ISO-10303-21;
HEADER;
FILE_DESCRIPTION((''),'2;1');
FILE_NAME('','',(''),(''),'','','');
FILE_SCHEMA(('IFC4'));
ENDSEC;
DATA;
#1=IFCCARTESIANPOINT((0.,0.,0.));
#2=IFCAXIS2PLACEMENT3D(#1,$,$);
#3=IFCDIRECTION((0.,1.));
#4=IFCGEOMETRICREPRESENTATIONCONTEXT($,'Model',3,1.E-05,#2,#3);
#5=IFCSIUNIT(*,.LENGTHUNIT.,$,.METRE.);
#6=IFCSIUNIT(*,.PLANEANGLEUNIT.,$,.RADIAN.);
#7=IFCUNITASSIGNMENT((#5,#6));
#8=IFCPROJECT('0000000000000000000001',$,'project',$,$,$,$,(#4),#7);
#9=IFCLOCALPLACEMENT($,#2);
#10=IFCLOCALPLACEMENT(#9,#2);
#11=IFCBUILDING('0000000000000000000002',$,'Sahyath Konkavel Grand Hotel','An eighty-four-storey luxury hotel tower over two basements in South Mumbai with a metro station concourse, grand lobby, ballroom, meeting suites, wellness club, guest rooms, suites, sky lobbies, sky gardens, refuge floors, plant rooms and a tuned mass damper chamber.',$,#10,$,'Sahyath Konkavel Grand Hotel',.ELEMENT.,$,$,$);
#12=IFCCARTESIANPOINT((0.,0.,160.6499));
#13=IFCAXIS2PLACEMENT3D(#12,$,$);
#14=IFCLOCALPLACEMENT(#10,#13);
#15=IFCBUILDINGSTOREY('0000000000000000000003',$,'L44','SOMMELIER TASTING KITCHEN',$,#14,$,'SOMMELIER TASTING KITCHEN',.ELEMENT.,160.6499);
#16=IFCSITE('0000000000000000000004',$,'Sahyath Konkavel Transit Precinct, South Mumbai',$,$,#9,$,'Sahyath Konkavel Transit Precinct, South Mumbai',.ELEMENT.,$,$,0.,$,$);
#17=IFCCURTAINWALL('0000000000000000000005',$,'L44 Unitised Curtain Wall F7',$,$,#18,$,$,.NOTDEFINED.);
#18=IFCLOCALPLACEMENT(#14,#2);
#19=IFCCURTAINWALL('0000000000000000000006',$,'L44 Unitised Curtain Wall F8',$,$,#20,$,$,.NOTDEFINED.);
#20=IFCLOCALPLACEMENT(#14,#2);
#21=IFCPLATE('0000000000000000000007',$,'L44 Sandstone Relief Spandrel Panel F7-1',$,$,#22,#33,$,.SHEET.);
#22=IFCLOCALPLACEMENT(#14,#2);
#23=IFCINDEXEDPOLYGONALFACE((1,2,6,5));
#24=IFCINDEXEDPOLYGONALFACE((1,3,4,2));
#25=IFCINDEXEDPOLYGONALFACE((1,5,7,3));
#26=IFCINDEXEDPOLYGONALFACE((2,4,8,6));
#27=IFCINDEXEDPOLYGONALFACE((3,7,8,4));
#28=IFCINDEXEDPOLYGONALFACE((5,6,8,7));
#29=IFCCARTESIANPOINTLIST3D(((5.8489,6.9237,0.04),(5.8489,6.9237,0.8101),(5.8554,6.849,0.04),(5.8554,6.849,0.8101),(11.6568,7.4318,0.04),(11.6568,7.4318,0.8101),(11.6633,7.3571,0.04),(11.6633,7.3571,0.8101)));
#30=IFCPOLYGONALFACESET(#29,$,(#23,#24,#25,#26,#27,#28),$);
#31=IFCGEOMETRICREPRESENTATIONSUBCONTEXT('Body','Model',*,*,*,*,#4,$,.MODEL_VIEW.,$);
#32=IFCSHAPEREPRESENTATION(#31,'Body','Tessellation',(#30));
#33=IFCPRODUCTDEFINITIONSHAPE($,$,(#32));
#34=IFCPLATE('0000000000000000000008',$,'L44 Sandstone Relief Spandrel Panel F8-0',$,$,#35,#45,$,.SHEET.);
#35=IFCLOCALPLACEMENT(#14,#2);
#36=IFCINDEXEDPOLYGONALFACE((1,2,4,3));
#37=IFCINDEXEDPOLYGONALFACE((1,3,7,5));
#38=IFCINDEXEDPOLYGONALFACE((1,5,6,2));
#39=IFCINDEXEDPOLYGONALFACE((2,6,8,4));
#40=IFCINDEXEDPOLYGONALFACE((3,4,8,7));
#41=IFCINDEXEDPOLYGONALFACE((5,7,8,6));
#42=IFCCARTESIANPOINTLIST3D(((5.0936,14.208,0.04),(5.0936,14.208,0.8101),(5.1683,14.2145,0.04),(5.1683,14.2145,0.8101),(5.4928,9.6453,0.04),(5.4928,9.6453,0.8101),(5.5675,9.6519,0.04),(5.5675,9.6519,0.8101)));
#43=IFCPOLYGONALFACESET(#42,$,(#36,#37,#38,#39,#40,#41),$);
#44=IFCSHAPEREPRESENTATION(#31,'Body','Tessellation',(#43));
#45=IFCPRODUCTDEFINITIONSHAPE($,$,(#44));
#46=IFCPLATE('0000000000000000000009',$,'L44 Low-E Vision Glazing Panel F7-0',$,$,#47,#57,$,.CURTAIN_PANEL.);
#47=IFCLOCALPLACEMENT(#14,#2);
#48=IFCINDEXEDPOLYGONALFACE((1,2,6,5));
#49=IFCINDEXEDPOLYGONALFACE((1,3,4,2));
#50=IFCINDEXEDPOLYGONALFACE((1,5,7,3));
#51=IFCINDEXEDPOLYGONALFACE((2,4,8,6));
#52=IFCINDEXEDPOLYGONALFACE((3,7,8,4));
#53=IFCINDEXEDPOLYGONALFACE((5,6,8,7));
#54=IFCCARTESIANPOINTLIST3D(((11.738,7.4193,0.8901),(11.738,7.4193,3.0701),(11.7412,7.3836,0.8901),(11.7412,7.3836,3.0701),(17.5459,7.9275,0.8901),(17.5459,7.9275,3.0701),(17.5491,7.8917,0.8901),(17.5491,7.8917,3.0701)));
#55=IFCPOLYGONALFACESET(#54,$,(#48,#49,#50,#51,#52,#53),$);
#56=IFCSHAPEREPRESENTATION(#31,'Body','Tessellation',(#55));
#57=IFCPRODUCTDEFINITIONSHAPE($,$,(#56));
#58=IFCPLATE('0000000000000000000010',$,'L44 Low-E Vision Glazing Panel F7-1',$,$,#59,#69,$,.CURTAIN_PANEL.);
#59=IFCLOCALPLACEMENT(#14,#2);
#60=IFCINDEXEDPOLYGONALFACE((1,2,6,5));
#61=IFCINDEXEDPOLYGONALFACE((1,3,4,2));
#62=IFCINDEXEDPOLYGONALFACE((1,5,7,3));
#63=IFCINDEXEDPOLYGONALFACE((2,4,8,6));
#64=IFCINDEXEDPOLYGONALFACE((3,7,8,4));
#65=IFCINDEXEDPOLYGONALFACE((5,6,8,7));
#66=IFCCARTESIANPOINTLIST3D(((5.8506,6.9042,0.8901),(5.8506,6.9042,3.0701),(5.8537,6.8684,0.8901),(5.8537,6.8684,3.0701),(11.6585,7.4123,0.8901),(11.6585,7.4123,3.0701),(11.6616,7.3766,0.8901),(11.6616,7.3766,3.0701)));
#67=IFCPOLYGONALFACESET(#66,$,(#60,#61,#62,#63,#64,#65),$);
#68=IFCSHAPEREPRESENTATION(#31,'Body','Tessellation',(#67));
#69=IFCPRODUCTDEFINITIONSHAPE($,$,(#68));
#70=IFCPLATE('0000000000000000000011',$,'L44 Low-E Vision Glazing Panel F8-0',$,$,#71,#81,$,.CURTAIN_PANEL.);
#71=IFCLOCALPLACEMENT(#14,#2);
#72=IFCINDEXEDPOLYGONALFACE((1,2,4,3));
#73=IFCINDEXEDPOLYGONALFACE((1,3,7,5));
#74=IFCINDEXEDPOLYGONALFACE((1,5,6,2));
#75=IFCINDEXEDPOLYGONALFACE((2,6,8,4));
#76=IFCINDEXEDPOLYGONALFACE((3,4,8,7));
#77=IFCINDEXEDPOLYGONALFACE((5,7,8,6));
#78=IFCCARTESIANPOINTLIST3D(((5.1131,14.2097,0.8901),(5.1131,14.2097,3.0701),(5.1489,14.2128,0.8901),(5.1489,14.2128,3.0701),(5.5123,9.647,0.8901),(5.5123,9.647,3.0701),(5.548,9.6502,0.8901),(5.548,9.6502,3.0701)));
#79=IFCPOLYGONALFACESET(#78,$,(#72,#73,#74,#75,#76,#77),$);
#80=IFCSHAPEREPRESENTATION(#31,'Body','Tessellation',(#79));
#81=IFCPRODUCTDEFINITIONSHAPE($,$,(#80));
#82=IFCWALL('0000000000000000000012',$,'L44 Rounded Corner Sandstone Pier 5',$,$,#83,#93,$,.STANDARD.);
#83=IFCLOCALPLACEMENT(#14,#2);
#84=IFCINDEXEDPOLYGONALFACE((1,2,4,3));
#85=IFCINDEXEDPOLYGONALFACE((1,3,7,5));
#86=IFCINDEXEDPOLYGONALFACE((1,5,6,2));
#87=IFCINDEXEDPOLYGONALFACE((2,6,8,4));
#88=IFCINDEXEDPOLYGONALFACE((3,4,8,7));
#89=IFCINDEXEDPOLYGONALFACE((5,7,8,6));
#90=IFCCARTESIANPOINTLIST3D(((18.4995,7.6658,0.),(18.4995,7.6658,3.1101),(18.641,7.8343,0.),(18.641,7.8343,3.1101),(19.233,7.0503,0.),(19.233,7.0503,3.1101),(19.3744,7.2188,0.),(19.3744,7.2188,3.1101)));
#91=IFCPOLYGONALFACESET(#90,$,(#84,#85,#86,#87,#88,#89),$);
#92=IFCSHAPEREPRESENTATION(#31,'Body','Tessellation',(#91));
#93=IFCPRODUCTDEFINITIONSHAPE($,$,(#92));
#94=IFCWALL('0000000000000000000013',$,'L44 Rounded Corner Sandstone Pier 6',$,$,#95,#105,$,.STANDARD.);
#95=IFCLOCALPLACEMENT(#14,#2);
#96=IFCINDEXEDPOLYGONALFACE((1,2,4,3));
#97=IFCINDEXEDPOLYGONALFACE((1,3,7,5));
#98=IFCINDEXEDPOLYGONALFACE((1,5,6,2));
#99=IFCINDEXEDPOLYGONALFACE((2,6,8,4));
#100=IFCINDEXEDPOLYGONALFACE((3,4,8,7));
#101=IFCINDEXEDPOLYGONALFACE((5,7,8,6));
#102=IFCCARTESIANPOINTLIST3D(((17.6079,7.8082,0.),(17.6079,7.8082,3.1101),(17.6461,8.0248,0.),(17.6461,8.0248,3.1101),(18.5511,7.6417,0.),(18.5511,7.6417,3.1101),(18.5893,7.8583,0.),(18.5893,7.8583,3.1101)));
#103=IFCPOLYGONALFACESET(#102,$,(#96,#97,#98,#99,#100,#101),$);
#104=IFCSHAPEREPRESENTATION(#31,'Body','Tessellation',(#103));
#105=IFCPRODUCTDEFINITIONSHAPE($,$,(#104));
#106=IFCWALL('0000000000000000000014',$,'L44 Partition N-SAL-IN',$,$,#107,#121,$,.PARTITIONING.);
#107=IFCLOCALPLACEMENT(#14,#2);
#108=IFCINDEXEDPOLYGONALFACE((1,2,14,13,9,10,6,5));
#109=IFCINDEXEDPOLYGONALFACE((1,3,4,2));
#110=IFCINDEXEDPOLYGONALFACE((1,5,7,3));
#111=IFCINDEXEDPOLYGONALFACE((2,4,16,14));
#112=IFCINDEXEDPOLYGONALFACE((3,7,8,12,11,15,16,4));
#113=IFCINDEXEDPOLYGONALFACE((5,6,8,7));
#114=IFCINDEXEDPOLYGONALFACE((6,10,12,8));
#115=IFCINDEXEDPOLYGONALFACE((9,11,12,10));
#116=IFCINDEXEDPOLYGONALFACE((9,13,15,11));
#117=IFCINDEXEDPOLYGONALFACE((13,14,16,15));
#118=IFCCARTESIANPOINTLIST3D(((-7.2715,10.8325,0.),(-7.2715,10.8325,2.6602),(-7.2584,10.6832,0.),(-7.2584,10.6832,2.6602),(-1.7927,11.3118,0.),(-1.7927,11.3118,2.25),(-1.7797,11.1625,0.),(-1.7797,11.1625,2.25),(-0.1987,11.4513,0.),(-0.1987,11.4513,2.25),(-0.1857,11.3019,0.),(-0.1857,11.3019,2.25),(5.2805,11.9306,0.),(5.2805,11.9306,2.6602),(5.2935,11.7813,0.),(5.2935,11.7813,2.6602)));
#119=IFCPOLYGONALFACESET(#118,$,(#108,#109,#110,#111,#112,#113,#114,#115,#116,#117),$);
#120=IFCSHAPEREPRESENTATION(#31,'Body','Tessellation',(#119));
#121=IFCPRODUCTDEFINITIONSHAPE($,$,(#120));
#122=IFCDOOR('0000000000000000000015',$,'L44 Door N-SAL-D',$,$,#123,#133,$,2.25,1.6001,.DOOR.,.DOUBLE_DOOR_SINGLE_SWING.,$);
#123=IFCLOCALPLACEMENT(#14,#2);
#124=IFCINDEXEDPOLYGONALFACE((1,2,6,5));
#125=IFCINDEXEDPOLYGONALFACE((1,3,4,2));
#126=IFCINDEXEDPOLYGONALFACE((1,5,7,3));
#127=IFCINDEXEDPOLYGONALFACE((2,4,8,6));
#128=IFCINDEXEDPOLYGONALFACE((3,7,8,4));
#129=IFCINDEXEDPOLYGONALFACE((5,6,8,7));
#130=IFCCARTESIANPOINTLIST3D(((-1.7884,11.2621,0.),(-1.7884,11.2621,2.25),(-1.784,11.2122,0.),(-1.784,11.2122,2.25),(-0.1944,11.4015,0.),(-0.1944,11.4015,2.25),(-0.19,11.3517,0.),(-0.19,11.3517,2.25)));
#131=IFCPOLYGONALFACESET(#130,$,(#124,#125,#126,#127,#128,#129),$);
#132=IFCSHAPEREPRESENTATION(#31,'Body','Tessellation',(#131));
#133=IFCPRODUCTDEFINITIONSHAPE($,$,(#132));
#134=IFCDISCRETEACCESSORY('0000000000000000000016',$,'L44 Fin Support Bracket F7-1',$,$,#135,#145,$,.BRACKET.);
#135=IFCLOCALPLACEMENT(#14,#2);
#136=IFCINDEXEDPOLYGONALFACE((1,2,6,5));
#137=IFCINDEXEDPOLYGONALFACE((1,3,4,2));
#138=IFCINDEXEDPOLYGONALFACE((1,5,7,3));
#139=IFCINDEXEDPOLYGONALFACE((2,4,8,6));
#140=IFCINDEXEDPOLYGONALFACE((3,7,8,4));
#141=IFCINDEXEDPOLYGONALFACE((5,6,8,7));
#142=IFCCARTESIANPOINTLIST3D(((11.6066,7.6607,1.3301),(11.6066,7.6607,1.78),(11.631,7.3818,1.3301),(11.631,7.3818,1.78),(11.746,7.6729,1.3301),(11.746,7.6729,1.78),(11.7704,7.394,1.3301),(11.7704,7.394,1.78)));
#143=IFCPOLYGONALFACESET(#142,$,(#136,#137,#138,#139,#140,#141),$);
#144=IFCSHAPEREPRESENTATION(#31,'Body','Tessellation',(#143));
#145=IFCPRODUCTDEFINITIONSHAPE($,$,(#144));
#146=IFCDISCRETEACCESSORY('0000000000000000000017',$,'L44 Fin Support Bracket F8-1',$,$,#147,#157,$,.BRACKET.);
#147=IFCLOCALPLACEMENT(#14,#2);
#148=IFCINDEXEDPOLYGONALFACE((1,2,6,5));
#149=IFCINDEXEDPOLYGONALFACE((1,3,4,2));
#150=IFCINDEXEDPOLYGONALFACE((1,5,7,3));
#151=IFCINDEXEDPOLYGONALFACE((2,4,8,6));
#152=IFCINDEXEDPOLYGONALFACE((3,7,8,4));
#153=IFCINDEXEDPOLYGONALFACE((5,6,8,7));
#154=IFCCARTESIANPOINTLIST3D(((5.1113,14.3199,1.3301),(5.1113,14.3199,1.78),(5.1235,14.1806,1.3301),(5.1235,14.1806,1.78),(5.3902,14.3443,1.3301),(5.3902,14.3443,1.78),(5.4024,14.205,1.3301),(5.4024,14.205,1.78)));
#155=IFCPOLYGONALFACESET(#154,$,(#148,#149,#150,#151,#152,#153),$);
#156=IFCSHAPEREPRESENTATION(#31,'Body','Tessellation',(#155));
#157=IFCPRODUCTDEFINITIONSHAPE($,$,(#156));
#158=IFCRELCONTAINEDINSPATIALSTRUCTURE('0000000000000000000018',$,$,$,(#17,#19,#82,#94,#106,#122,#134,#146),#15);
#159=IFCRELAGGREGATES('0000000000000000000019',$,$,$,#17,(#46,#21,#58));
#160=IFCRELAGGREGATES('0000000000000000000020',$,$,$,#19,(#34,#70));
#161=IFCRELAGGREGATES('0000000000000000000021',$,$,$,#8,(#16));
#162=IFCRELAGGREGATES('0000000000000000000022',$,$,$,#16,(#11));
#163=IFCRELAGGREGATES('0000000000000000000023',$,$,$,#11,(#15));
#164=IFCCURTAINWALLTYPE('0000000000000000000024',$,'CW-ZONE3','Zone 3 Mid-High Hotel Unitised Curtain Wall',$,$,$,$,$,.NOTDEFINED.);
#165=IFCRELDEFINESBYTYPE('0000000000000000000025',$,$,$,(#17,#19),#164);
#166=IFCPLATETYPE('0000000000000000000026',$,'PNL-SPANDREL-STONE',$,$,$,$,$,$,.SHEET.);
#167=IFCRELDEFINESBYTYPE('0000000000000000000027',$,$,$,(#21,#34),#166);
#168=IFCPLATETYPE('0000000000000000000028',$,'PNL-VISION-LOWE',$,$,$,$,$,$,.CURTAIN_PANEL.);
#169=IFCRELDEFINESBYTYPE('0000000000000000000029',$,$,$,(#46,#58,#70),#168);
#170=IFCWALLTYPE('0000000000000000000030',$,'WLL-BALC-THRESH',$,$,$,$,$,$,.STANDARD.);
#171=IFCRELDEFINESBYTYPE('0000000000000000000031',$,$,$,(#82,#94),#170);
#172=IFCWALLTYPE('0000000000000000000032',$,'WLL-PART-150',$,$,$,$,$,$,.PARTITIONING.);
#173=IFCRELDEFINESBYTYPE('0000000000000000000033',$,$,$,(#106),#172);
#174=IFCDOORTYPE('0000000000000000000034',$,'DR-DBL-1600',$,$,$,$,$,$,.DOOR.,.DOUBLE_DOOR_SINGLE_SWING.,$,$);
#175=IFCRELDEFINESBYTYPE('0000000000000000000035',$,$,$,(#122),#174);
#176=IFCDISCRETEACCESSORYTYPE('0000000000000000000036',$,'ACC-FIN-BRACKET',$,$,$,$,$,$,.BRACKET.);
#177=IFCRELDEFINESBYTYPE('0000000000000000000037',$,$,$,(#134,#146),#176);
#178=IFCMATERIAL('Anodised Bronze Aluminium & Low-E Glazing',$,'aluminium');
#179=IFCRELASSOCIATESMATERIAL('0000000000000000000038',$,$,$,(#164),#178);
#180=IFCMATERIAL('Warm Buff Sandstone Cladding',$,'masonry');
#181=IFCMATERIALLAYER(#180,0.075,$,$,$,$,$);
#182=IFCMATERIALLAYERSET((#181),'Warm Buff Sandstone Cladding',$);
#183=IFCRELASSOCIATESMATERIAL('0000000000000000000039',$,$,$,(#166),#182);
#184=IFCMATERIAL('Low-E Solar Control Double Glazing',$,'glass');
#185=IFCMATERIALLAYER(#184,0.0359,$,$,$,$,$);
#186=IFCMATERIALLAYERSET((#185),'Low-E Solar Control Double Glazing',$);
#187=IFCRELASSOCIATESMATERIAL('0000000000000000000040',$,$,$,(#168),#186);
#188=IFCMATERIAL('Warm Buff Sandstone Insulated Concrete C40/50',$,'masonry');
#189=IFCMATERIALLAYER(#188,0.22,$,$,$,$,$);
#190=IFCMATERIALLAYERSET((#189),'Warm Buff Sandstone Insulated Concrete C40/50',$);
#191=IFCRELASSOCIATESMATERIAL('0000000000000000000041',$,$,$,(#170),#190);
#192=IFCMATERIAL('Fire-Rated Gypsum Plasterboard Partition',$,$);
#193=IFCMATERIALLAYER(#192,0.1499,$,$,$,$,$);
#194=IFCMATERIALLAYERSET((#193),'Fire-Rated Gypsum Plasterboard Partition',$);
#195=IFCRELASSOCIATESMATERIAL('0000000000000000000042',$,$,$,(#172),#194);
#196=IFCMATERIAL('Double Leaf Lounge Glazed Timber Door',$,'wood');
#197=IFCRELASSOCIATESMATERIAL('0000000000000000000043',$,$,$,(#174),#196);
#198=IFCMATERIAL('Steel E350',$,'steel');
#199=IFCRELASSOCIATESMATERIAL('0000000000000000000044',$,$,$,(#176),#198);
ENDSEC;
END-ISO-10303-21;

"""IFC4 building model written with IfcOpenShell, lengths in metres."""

from ifc_helpers import new_model, si_unit, direction, frame, frame_2d, origin, origin_2d, place, context, subcontext, project, spatial, rectangle, extrude, source, transform, mapped, material, layer, layer_set, type_object, element, fill, aggregate, save


model = new_model("IFC4")

# Units and contexts
model_context = context("Model", 3, precision=1e-05, world=origin(), true_north=direction((0.0, 1.0)))
body_context = subcontext(model_context, "Body", "Model", "MODEL_VIEW")
ifc_project = project(units=[si_unit("LENGTHUNIT", "METRE"), si_unit("PLANEANGLEUNIT", "RADIAN")], contexts=[model_context])

# Site, building, storey
site_placement = place(None, origin())
site = spatial("IfcSite", under=ifc_project, at=site_placement, Name="Sahyath Konkavel Transit Precinct, South Mumbai", LongName="Sahyath Konkavel Transit Precinct, South Mumbai", CompositionType="ELEMENT", RefElevation=0.0)
building_placement = place(site_placement, origin())
building = spatial("IfcBuilding", under=site, at=building_placement, Name="Sahyath Konkavel Grand Hotel", Description="An eighty-four-storey luxury hotel tower over two basements in South Mumbai with a metro station concourse, grand lobby, ballroom, meeting suites, wellness club, guest rooms, suites, sky lobbies, sky gardens, refuge floors, plant rooms and a tuned mass damper chamber.", LongName="Sahyath Konkavel Grand Hotel", CompositionType="ELEMENT")
storey_placement = place(building_placement, frame((0.0, 0.0, 160.6499)))
storey = spatial("IfcBuildingStorey", under=building, at=storey_placement, Name="L44", Description="SOMMELIER TASTING KITCHEN", LongName="SOMMELIER TASTING KITCHEN", CompositionType="ELEMENT", Elevation=160.6499)

# Curtain walls
ifc_material_1 = material(Name="Anodised Bronze Aluminium & Low-E Glazing", Category="aluminium")
curtain_wall_type = type_object("IfcCurtainWallType", Name="CW-ZONE3", Description="Zone 3 Mid-High Hotel Unitised Curtain Wall", PredefinedType="NOTDEFINED", material=ifc_material_1)
curtain_wall_1_placement = place(storey_placement, origin())
curtain_wall_1 = element("IfcCurtainWall", 1, at=curtain_wall_1_placement, inside=storey, type_object=curtain_wall_type, Name="L44 Unitised Curtain Wall F7", PredefinedType="NOTDEFINED")
curtain_wall_2_placement = place(storey_placement, origin())
curtain_wall_2 = element("IfcCurtainWall", 2, at=curtain_wall_2_placement, inside=storey, type_object=curtain_wall_type, Name="L44 Unitised Curtain Wall F8", PredefinedType="NOTDEFINED")

# Plates
ifc_material_2 = material(Name="Warm Buff Sandstone Cladding", Category="masonry")
ifc_layer_1 = layer(ifc_material_2, 0.075)
ifc_layer_set_1 = layer_set([ifc_layer_1], Name="Warm Buff Sandstone Cladding")
plate_type_1 = type_object("IfcPlateType", Name="PNL-SPANDREL-STONE", PredefinedType="SHEET", material=ifc_layer_set_1)
shared_shape_1 = source(origin(), body_context, "Body", "SweptSolid", [
    extrude(rectangle(XDim=5.8301, YDim=0.075, at=origin_2d()), origin(), (0.0, 0.0, 1.0), 0.77),
])
plate_1_placement = place(storey_placement, frame((8.7561, 7.1404, 0.04), z_axis=(0.0, 0.0, 1.0), x_axis=(-0.996195, -0.087156, 0.0)))
plate_1 = element("IfcPlate", 3, at=plate_1_placement, type_object=plate_type_1, Name="L44 Sandstone Relief Spandrel Panel F7-1", PredefinedType="SHEET", context=body_context, shape_type="MappedRepresentation", body=[
    mapped(shared_shape_1, transform((0.0, 0.0, 0.0), scale=1.0)),
])
shared_shape_2 = source(origin(), body_context, "Body", "SweptSolid", [
    extrude(rectangle(XDim=4.5801, YDim=0.075, at=origin_2d()), origin(), (0.0, 0.0, 1.0), 0.77),
])
plate_2_placement = place(storey_placement, frame((5.3306, 11.9299, 0.04), z_axis=(0.0, 0.0, 1.0), x_axis=(-0.087156, 0.996195, 0.0)))
plate_2 = element("IfcPlate", 4, at=plate_2_placement, type_object=plate_type_1, Name="L44 Sandstone Relief Spandrel Panel F8-0", PredefinedType="SHEET", context=body_context, shape_type="MappedRepresentation", body=[
    mapped(shared_shape_2, transform((0.0, 0.0, 0.0), scale=1.0)),
])
ifc_material_3 = material(Name="Low-E Solar Control Double Glazing", Category="glass")
ifc_layer_2 = layer(ifc_material_3, 0.0359)
ifc_layer_set_2 = layer_set([ifc_layer_2], Name="Low-E Solar Control Double Glazing")
plate_type_2 = type_object("IfcPlateType", Name="PNL-VISION-LOWE", PredefinedType="CURTAIN_PANEL", material=ifc_layer_set_2)
shared_shape_3 = source(origin(), body_context, "Body", "SweptSolid", [
    extrude(rectangle(XDim=5.8301, YDim=0.0359, at=origin_2d()), origin(), (0.0, 0.0, 1.0), 2.1799),
])
plate_3_placement = place(storey_placement, frame((14.6436, 7.6555, 0.8901), z_axis=(0.0, 0.0, 1.0), x_axis=(-0.996195, -0.087156, 0.0)))
plate_3 = element("IfcPlate", 5, at=plate_3_placement, type_object=plate_type_2, Name="L44 Low-E Vision Glazing Panel F7-0", PredefinedType="CURTAIN_PANEL", context=body_context, shape_type="MappedRepresentation", body=[
    mapped(shared_shape_3, transform((0.0, 0.0, 0.0), scale=1.0)),
])
plate_4_placement = place(storey_placement, frame((8.7561, 7.1404, 0.8901), z_axis=(0.0, 0.0, 1.0), x_axis=(-0.996195, -0.087156, 0.0)))
plate_4 = element("IfcPlate", 6, at=plate_4_placement, type_object=plate_type_2, Name="L44 Low-E Vision Glazing Panel F7-1", PredefinedType="CURTAIN_PANEL", context=body_context, shape_type="MappedRepresentation", body=[
    mapped(shared_shape_3, transform((0.0, 0.0, 0.0), scale=1.0)),
])
aggregate(curtain_wall_1, [plate_3, plate_1, plate_4])
shared_shape_4 = source(origin(), body_context, "Body", "SweptSolid", [
    extrude(rectangle(XDim=4.5801, YDim=0.0359, at=origin_2d()), origin(), (0.0, 0.0, 1.0), 2.1799),
])
plate_5_placement = place(storey_placement, frame((5.3306, 11.9299, 0.8901), z_axis=(0.0, 0.0, 1.0), x_axis=(-0.087156, 0.996195, 0.0)))
plate_5 = element("IfcPlate", 7, at=plate_5_placement, type_object=plate_type_2, Name="L44 Low-E Vision Glazing Panel F8-0", PredefinedType="CURTAIN_PANEL", context=body_context, shape_type="MappedRepresentation", body=[
    mapped(shared_shape_4, transform((0.0, 0.0, 0.0), scale=1.0)),
])
aggregate(curtain_wall_2, [plate_2, plate_5])

# Walls
ifc_material_4 = material(Name="Warm Buff Sandstone Insulated Concrete C40/50", Category="masonry")
ifc_layer_3 = layer(ifc_material_4, 0.22)
ifc_layer_set_3 = layer_set([ifc_layer_3], Name="Warm Buff Sandstone Insulated Concrete C40/50")
wall_type_1 = type_object("IfcWallType", Name="WLL-BALC-THRESH", PredefinedType="STANDARD", material=ifc_layer_set_3)
wall_1_placement = place(storey_placement, frame((19.3037, 7.1345, 0.0), z_axis=(0.0, 0.0, 1.0), x_axis=(-0.766001, 0.642839, 0.0)))
element("IfcWall", 8, at=wall_1_placement, inside=storey, type_object=wall_type_1, Name="L44 Rounded Corner Sandstone Pier 5", PredefinedType="STANDARD", context=body_context, shape_type="SweptSolid", body=[
    extrude(rectangle(XDim=0.9575, YDim=0.22, at=frame_2d((0.4788, 0.0))), origin(), (0.0, 0.0, 1.0), 3.1101),
])
wall_2_placement = place(storey_placement, frame((18.5703, 7.75, 0.0), z_axis=(0.0, 0.0, 1.0), x_axis=(-0.984771, 0.173858, 0.0)))
element("IfcWall", 9, at=wall_2_placement, inside=storey, type_object=wall_type_1, Name="L44 Rounded Corner Sandstone Pier 6", PredefinedType="STANDARD", context=body_context, shape_type="SweptSolid", body=[
    extrude(rectangle(XDim=0.9578, YDim=0.22, at=frame_2d((0.479, 0.0))), origin(), (0.0, 0.0, 1.0), 3.1101),
])

# Wall, opening, door
ifc_material_5 = material(Name="Fire-Rated Gypsum Plasterboard Partition")
ifc_layer_4 = layer(ifc_material_5, 0.1499)
ifc_layer_set_4 = layer_set([ifc_layer_4], Name="Fire-Rated Gypsum Plasterboard Partition")
wall_type_2 = type_object("IfcWallType", Name="WLL-PART-150", PredefinedType="PARTITIONING", material=ifc_layer_set_4)
wall_3_placement = place(storey_placement, frame((5.2869, 11.856, 0.0), z_axis=(0.0, 0.0, 1.0), x_axis=(-0.996195, -0.087155, 0.0)))
wall_3 = element("IfcWall", 10, at=wall_3_placement, inside=storey, type_object=wall_type_2, Name="L44 Partition N-SAL-IN", PredefinedType="PARTITIONING", context=body_context, shape_type="SweptSolid", body=[
    extrude(rectangle(XDim=12.5999, YDim=0.1499, at=frame_2d((6.2998, 0.0))), origin(), (0.0, 0.0, 1.0), 2.6602),
])
opening_placement = place(wall_3_placement, frame((5.5, 0.0, 0.0)))
opening = element("IfcOpeningElement", 11, at=opening_placement, cuts=wall_3, PredefinedType="OPENING", context=body_context, shape_type="SweptSolid", body=[
    extrude(rectangle(XDim=1.6001, YDim=2.25, at=frame_2d((0.8, 1.125))), frame((0.0, 0.085, 0.0), z_axis=(0.0, -1.0, 0.0), x_axis=(1.0, 0.0, 0.0)), (0.0, 0.0, 1.0), 0.1699),
])
ifc_material_6 = material(Name="Double Leaf Lounge Glazed Timber Door", Category="wood")
door_type = type_object("IfcDoorType", Name="DR-DBL-1600", OperationType="DOUBLE_DOOR_SINGLE_SWING", PredefinedType="DOOR", material=ifc_material_6)
shared_shape_5 = source(origin(), body_context, "Body", "SweptSolid", [
    extrude(rectangle(XDim=1.6001, YDim=0.05, at=origin_2d()), origin(), (0.0, 0.0, 1.0), 2.25),
])
door_placement = place(opening_placement, frame((0.8, 0.0, 0.0)))
door = element("IfcDoor", 12, at=door_placement, inside=storey, type_object=door_type, Name="L44 Door N-SAL-D", OperationType="DOUBLE_DOOR_SINGLE_SWING", OverallHeight=2.25, OverallWidth=1.6001, PredefinedType="DOOR", context=body_context, shape_type="MappedRepresentation", body=[
    mapped(shared_shape_5, transform((0.0, 0.0, 0.0), scale=1.0)),
])
fill(opening, door)

# Discrete accessories
ifc_material_7 = material(Name="Steel E350", Category="steel")
discrete_accessory_type = type_object("IfcDiscreteAccessoryType", Name="ACC-FIN-BRACKET", PredefinedType="BRACKET", material=ifc_material_7)
shared_shape_6 = source(origin(), body_context, "Body", "SweptSolid", [
    extrude(rectangle(XDim=0.28, YDim=0.1399, at=origin_2d()), origin(), (0.0, 0.0, 1.0), 0.45),
])
for number, where, z_axis, x_axis, name in (
    (13, (11.6885, 7.5273, 1.3301), (0.0, 0.0, 1.0), (-0.087156, 0.996195, 0.0), "L44 Fin Support Bracket F7-1"),
    (14, (5.2568, 14.2625, 1.3301), (0.0, 0.0, 1.0), (0.996195, 0.087156, 0.0), "L44 Fin Support Bracket F8-1"),
):
    element("IfcDiscreteAccessory", number, at=place(storey_placement, frame(where, z_axis=z_axis, x_axis=x_axis)), inside=storey, type_object=discrete_accessory_type, Name=name, PredefinedType="BRACKET", context=body_context, shape_type="MappedRepresentation", body=[
        mapped(shared_shape_6, transform((0.0, 0.0, 0.0), scale=1.0)),
    ])

save(model, "model.ifc")
